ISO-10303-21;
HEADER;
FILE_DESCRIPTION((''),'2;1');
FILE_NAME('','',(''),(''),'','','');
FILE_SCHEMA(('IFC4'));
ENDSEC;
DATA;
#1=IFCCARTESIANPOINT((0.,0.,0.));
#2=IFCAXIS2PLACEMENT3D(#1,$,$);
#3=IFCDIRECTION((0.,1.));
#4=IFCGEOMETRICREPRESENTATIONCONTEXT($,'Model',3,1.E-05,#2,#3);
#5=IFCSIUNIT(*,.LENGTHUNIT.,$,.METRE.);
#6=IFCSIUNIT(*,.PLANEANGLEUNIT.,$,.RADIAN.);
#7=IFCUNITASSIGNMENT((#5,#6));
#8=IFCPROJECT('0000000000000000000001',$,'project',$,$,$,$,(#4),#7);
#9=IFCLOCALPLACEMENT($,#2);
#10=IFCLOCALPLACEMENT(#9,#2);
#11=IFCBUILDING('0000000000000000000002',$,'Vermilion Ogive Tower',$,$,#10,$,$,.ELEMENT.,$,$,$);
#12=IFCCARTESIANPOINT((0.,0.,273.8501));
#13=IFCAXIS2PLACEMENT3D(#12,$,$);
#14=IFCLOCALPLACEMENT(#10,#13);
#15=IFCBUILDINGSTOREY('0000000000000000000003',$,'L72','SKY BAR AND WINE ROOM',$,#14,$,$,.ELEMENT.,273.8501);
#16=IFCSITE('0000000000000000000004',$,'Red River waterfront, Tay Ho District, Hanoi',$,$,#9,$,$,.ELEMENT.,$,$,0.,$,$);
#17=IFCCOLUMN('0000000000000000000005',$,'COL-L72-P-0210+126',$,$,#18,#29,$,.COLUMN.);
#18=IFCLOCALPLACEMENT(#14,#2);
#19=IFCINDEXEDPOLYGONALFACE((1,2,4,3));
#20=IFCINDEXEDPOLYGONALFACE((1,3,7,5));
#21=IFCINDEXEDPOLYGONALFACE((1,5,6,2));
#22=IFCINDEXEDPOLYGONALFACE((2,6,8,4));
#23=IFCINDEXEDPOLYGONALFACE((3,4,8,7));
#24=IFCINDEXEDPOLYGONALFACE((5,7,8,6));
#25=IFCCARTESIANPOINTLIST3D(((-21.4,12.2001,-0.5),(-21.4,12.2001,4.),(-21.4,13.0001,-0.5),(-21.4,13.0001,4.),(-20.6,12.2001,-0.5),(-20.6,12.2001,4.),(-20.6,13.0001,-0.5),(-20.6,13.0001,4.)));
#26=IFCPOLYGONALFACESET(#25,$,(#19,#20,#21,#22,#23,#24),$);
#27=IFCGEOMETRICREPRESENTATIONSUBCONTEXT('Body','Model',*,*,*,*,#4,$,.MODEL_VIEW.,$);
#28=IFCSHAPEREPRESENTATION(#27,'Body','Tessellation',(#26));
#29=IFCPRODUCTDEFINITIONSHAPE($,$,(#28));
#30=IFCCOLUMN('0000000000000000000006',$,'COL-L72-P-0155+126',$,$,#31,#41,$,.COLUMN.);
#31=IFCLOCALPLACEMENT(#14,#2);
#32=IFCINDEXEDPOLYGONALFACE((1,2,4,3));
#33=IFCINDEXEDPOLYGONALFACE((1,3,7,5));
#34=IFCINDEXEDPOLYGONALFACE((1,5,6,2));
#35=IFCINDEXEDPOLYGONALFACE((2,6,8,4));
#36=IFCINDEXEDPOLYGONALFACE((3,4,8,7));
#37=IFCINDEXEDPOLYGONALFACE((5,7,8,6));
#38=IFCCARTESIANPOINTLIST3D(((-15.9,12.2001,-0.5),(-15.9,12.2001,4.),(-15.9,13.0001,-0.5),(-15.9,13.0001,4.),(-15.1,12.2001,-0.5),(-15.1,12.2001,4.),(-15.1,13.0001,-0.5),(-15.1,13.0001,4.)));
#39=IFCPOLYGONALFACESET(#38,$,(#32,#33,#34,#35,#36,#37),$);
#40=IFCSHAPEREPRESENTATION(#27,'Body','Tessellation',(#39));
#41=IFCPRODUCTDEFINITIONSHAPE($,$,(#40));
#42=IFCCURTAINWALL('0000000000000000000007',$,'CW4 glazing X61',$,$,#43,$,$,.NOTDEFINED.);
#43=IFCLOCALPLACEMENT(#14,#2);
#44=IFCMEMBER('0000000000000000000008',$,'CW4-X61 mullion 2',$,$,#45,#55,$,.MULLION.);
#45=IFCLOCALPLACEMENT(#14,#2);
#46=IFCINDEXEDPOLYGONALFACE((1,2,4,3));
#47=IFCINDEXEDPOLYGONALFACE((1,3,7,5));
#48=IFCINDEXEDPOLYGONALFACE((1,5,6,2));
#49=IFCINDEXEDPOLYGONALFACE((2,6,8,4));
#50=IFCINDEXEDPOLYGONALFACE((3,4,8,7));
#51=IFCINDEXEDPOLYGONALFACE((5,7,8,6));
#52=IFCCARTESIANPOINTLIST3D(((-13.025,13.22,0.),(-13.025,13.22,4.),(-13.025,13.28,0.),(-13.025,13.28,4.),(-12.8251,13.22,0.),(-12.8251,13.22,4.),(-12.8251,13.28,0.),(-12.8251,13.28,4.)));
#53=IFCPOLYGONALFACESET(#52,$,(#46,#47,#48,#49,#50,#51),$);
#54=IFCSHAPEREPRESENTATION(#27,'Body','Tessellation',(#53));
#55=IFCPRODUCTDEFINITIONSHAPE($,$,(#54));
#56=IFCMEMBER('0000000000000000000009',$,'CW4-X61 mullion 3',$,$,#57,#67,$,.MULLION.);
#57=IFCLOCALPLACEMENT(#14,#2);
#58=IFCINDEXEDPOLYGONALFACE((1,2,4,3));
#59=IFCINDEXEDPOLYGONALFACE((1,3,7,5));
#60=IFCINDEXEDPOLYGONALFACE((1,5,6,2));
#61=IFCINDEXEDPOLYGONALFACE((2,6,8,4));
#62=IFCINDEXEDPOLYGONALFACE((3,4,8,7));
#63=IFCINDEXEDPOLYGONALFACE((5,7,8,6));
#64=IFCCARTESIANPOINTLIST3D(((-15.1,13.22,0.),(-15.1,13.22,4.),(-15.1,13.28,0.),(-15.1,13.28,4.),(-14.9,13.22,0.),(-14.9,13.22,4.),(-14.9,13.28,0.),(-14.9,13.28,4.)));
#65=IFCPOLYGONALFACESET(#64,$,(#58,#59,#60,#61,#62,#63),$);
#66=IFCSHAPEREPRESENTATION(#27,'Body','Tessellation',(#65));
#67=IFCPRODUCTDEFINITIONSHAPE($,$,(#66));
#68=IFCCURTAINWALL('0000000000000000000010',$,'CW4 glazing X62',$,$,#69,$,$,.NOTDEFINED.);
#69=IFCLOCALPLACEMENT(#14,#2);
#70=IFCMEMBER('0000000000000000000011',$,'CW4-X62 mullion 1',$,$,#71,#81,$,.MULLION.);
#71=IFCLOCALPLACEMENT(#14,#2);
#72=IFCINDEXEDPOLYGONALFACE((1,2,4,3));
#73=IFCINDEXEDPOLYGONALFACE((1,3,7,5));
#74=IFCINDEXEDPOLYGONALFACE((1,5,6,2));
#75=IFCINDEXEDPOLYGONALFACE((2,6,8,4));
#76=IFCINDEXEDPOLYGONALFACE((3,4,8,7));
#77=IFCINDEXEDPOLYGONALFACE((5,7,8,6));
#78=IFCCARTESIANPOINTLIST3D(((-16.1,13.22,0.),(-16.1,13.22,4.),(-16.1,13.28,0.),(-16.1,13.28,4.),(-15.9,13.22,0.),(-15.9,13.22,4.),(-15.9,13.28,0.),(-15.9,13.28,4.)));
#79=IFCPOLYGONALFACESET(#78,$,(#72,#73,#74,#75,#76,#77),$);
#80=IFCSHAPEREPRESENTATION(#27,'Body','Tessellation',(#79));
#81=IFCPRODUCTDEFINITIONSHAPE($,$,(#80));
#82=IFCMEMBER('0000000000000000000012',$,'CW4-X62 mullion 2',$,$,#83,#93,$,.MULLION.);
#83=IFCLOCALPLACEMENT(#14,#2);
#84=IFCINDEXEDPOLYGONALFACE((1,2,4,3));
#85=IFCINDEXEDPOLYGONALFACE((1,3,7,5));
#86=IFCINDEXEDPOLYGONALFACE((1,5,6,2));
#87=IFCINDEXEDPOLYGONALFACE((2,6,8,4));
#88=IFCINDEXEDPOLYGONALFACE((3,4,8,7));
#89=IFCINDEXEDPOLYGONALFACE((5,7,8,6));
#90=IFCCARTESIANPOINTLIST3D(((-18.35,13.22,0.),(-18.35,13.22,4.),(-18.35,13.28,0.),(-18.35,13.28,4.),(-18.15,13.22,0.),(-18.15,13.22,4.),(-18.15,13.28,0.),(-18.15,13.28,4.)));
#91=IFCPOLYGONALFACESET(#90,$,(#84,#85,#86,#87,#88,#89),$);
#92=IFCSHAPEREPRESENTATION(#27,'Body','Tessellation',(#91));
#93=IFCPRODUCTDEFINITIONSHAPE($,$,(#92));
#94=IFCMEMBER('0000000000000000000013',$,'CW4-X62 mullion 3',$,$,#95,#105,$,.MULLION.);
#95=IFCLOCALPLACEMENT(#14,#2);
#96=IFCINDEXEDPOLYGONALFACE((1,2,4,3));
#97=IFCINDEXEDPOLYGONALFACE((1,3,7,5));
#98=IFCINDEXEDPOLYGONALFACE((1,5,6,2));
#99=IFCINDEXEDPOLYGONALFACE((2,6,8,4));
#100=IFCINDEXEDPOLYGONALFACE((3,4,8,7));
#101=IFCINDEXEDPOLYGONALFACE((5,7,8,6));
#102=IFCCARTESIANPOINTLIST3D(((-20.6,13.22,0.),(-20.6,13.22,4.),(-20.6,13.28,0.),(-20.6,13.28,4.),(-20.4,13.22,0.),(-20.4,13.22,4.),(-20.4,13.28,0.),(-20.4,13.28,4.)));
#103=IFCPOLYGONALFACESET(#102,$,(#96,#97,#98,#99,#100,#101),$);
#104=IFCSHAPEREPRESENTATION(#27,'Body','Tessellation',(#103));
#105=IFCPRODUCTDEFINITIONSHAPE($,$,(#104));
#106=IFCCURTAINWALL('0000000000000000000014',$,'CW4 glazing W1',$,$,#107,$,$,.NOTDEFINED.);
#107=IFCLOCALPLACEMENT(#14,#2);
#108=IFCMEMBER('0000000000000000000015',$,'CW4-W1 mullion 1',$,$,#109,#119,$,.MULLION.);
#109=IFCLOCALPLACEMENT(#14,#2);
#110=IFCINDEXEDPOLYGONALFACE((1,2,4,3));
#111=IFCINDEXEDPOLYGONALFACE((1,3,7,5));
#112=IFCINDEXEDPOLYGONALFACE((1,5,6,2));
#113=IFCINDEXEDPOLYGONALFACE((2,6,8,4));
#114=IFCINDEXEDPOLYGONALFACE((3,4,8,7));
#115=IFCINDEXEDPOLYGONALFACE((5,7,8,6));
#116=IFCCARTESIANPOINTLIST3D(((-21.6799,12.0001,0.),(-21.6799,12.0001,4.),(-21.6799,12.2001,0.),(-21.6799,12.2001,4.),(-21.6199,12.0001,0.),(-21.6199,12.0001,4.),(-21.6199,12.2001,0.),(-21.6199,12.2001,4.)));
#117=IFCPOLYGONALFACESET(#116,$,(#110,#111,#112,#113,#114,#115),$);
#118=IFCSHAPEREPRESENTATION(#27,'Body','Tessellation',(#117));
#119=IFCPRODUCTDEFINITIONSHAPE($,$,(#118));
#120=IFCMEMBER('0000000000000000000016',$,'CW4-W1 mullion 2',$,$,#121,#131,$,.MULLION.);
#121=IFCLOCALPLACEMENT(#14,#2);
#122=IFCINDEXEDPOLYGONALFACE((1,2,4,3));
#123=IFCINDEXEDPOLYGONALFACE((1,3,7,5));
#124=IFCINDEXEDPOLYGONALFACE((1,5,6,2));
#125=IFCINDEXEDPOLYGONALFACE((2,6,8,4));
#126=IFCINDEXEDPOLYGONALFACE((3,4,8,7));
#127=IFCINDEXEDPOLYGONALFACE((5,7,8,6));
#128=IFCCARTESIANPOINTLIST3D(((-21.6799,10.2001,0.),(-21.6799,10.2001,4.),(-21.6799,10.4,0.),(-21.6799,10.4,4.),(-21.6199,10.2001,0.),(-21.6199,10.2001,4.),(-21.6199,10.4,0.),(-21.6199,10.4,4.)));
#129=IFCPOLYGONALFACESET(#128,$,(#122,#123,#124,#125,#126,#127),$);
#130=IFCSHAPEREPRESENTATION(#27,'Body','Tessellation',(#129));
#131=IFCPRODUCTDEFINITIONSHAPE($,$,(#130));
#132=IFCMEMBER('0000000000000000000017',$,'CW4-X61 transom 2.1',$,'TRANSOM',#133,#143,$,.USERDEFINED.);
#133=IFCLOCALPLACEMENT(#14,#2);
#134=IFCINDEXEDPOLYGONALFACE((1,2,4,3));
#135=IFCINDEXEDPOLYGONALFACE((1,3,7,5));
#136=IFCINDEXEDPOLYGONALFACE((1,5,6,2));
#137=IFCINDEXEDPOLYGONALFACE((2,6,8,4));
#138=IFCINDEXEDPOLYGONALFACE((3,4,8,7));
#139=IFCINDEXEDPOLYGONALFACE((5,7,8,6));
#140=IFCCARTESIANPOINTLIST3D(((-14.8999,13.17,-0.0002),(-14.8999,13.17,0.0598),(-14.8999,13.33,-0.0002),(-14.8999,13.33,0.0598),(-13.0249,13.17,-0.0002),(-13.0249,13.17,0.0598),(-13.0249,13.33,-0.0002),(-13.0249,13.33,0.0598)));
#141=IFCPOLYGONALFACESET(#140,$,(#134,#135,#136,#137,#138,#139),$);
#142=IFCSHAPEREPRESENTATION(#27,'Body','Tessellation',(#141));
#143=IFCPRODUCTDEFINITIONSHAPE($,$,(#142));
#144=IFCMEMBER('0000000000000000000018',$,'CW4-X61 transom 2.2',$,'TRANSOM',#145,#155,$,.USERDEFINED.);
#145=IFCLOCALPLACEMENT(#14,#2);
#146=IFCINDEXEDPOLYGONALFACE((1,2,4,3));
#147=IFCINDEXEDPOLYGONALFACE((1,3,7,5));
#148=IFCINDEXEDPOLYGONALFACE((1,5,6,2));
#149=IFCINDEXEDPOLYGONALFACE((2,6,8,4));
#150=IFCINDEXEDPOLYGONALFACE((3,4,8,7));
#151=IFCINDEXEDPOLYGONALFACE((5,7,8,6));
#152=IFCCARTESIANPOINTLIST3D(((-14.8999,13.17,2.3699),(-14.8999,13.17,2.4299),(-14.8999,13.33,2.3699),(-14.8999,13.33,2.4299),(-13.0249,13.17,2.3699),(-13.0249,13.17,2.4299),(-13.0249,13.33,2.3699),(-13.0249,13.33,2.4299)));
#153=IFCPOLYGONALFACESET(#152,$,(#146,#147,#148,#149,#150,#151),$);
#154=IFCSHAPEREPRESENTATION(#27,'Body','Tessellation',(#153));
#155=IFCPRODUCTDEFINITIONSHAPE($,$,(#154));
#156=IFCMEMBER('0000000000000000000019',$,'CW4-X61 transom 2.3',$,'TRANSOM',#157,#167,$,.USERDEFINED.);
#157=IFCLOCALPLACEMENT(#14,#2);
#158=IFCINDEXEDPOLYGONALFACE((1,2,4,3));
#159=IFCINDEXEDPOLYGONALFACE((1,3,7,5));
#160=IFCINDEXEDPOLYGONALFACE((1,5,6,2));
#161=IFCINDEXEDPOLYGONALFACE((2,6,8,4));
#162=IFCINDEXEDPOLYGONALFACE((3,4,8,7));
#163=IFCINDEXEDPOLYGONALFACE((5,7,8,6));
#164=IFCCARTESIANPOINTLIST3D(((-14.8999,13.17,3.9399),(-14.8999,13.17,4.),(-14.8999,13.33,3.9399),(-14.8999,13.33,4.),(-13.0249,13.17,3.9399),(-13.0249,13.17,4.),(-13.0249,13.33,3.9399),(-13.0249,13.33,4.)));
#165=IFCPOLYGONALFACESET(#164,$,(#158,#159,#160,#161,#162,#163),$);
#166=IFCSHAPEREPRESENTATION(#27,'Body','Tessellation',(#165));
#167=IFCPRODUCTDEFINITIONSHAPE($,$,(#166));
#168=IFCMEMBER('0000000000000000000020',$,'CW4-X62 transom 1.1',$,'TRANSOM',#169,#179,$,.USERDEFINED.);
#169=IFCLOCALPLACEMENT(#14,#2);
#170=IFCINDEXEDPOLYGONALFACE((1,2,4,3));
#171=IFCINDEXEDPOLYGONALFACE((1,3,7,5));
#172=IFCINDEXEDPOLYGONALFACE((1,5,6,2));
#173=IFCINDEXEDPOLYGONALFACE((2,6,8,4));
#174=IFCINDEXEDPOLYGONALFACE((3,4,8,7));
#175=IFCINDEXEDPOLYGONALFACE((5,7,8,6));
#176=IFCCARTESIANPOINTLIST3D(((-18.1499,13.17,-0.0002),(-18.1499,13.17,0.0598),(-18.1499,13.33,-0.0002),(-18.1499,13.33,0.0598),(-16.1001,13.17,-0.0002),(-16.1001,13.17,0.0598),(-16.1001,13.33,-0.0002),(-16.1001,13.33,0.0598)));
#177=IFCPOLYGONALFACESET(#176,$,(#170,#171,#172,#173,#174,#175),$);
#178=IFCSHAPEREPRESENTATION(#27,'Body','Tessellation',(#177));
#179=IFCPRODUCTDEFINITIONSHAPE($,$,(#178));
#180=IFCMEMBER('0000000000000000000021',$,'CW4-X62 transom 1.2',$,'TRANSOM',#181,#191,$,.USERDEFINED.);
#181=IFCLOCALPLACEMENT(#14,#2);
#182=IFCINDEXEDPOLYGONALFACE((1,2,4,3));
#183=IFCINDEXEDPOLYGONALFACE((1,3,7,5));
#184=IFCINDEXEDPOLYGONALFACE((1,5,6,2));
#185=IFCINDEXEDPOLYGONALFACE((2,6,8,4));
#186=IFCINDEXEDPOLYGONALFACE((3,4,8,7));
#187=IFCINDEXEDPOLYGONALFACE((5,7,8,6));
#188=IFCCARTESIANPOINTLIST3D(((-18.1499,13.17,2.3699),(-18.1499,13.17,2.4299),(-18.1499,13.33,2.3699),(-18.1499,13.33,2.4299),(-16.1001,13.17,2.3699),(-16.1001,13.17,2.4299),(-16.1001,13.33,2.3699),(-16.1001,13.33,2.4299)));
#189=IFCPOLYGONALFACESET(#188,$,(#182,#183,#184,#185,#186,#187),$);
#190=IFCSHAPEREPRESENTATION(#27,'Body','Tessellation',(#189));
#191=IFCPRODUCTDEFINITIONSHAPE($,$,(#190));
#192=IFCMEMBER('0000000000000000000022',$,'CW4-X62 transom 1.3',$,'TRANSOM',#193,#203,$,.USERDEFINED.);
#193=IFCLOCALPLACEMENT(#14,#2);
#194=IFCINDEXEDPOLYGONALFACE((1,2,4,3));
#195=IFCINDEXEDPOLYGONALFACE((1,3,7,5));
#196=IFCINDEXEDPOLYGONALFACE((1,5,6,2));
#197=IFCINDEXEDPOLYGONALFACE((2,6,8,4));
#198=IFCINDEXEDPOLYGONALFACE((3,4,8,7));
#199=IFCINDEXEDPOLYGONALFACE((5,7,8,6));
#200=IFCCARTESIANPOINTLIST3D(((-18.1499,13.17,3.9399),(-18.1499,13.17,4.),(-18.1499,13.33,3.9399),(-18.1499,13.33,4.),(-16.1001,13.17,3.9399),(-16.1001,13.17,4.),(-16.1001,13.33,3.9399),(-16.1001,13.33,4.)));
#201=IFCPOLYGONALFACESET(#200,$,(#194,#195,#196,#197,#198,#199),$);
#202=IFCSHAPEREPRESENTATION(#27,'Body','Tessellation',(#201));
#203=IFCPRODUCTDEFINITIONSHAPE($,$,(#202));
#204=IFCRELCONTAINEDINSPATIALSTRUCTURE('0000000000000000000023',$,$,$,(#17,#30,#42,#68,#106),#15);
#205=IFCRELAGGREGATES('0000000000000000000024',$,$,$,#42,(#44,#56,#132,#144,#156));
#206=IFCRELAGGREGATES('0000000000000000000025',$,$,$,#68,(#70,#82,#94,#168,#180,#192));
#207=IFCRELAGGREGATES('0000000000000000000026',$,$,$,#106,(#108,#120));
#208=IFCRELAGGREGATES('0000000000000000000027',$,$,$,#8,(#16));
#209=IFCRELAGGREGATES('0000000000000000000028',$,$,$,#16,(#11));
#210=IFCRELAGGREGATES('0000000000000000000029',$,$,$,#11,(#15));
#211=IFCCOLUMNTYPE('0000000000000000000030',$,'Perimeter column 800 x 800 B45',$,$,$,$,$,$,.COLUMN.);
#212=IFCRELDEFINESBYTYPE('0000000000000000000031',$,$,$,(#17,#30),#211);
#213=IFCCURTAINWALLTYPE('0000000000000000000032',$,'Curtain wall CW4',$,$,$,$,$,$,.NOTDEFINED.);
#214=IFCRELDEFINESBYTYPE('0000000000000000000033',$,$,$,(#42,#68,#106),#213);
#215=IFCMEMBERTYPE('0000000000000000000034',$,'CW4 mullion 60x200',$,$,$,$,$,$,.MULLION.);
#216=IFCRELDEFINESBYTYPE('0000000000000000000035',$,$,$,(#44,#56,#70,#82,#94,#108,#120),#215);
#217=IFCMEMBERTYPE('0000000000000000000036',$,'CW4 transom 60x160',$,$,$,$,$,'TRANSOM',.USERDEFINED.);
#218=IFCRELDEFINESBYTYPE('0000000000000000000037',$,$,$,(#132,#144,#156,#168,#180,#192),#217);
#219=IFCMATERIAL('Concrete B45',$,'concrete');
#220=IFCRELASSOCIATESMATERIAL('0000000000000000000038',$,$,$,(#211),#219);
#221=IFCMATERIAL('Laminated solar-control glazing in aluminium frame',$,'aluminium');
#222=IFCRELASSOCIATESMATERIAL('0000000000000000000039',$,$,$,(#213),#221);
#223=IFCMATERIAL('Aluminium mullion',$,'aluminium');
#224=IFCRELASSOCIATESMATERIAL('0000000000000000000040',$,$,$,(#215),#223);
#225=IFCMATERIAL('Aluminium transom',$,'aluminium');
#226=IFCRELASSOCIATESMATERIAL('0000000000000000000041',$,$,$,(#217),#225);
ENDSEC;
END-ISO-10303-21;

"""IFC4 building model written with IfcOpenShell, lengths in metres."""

from ifc_helpers import new_model, si_unit, direction, frame, origin, origin_2d, place, context, subcontext, project, spatial, rectangle, extrude, material, material_profile, profile_set, type_object, element, aggregate, save


model = new_model("IFC4")

# Units and contexts
model_context = context("Model", 3, precision=1e-05, world=origin(), true_north=direction((0.0, 1.0)))
body_context = subcontext(model_context, "Body", "Model", "MODEL_VIEW")
ifc_project = project(units=[si_unit("LENGTHUNIT", "METRE"), si_unit("PLANEANGLEUNIT", "RADIAN")], contexts=[model_context])

# Site, building, storey
site_placement = place(None, origin())
site = spatial("IfcSite", under=ifc_project, at=site_placement, Name="Red River waterfront, Tay Ho District, Hanoi", CompositionType="ELEMENT", RefElevation=0.0)
building_placement = place(site_placement, origin())
building = spatial("IfcBuilding", under=site, at=building_placement, Name="Vermilion Ogive Tower", CompositionType="ELEMENT")
storey_placement = place(building_placement, frame((0.0, 0.0, 273.8501)))
storey = spatial("IfcBuildingStorey", under=building, at=storey_placement, Name="L72", Description="SKY BAR AND WINE ROOM", CompositionType="ELEMENT", Elevation=273.8501)

# Columns
ifc_material_1 = material(Name="Concrete B45", Category="concrete")
ifc_material_profile_1 = material_profile(ifc_material_1, rectangle(XDim=0.8, YDim=0.8, at=origin_2d()), Name="800 x 800")
ifc_profile_set_1 = profile_set([ifc_material_profile_1], Name="Concrete B45")
column_type = type_object("IfcColumnType", Name="Perimeter column 800 x 800 B45", PredefinedType="COLUMN", material=ifc_profile_set_1)
for number, where, z_axis, x_axis, name in (
    (1, (-21.0, 12.6001, -0.5), (0.0, 0.0, 1.0), (1.0, 0.0, 0.0), "COL-L72-P-0210+126"),
    (2, (-15.5, 12.6001, -0.5), (0.0, 0.0, 1.0), (1.0, 0.0, 0.0), "COL-L72-P-0155+126"),
):
    element("IfcColumn", number, at=place(storey_placement, frame(where, z_axis=z_axis, x_axis=x_axis)), inside=storey, type_object=column_type, Name=name, PredefinedType="COLUMN", context=body_context, shape_type="SweptSolid", body=[
        extrude(rectangle(XDim=0.8, YDim=0.8, at=origin_2d()), origin(), (0.0, 0.0, 1.0), 4.5),
    ])

# Curtain walls, members
ifc_material_2 = material(Name="Laminated solar-control glazing in aluminium frame", Category="aluminium")
curtain_wall_type = type_object("IfcCurtainWallType", Name="Curtain wall CW4", PredefinedType="NOTDEFINED", material=ifc_material_2)
curtain_wall_1_placement = place(storey_placement, origin())
curtain_wall_1 = element("IfcCurtainWall", 3, at=curtain_wall_1_placement, inside=storey, type_object=curtain_wall_type, Name="CW4 glazing X61", PredefinedType="NOTDEFINED")
ifc_material_3 = material(Name="Aluminium mullion", Category="aluminium")
ifc_material_profile_2 = material_profile(ifc_material_3, rectangle(XDim=0.0601, YDim=0.2, at=origin_2d()), Name="AL 60x200")
ifc_profile_set_2 = profile_set([ifc_material_profile_2], Name="Aluminium mullion")
member_type_1 = type_object("IfcMemberType", Name="CW4 mullion 60x200", PredefinedType="MULLION", material=ifc_profile_set_2)
member_1_placement = place(storey_placement, frame((-12.925, 13.25, 0.0), z_axis=(0.0, 0.0, 1.0), x_axis=(0.0, -1.0, 0.0)))
member_1 = element("IfcMember", 4, at=member_1_placement, type_object=member_type_1, Name="CW4-X61 mullion 2", PredefinedType="MULLION", context=body_context, shape_type="SweptSolid", body=[
    extrude(rectangle(XDim=0.0601, YDim=0.2, at=origin_2d()), origin(), (0.0, 0.0, 1.0), 4.0),
])
member_2_placement = place(storey_placement, frame((-15.0, 13.25, 0.0), z_axis=(0.0, 0.0, 1.0), x_axis=(0.0, -1.0, 0.0)))
member_2 = element("IfcMember", 5, at=member_2_placement, type_object=member_type_1, Name="CW4-X61 mullion 3", PredefinedType="MULLION", context=body_context, shape_type="SweptSolid", body=[
    extrude(rectangle(XDim=0.0601, YDim=0.2, at=origin_2d()), origin(), (0.0, 0.0, 1.0), 4.0),
])
curtain_wall_2_placement = place(storey_placement, origin())
curtain_wall_2 = element("IfcCurtainWall", 6, at=curtain_wall_2_placement, inside=storey, type_object=curtain_wall_type, Name="CW4 glazing X62", PredefinedType="NOTDEFINED")
member_3_placement = place(storey_placement, frame((-16.0, 13.25, 0.0), z_axis=(0.0, 0.0, 1.0), x_axis=(0.0, -1.0, 0.0)))
member_3 = element("IfcMember", 7, at=member_3_placement, type_object=member_type_1, Name="CW4-X62 mullion 1", PredefinedType="MULLION", context=body_context, shape_type="SweptSolid", body=[
    extrude(rectangle(XDim=0.0601, YDim=0.2, at=origin_2d()), origin(), (0.0, 0.0, 1.0), 4.0),
])
member_4_placement = place(storey_placement, frame((-18.25, 13.25, 0.0), z_axis=(0.0, 0.0, 1.0), x_axis=(0.0, -1.0, 0.0)))
member_4 = element("IfcMember", 8, at=member_4_placement, type_object=member_type_1, Name="CW4-X62 mullion 2", PredefinedType="MULLION", context=body_context, shape_type="SweptSolid", body=[
    extrude(rectangle(XDim=0.0601, YDim=0.2, at=origin_2d()), origin(), (0.0, 0.0, 1.0), 4.0),
])
member_5_placement = place(storey_placement, frame((-20.5, 13.25, 0.0), z_axis=(0.0, 0.0, 1.0), x_axis=(0.0, -1.0, 0.0)))
member_5 = element("IfcMember", 9, at=member_5_placement, type_object=member_type_1, Name="CW4-X62 mullion 3", PredefinedType="MULLION", context=body_context, shape_type="SweptSolid", body=[
    extrude(rectangle(XDim=0.0601, YDim=0.2, at=origin_2d()), origin(), (0.0, 0.0, 1.0), 4.0),
])
curtain_wall_3_placement = place(storey_placement, origin())
curtain_wall_3 = element("IfcCurtainWall", 10, at=curtain_wall_3_placement, inside=storey, type_object=curtain_wall_type, Name="CW4 glazing W1", PredefinedType="NOTDEFINED")
member_6_placement = place(storey_placement, frame((-21.6499, 12.1001, 0.0), z_axis=(0.0, 0.0, 1.0), x_axis=(1.0, 0.0, 0.0)))
member_6 = element("IfcMember", 11, at=member_6_placement, type_object=member_type_1, Name="CW4-W1 mullion 1", PredefinedType="MULLION", context=body_context, shape_type="SweptSolid", body=[
    extrude(rectangle(XDim=0.0601, YDim=0.2, at=origin_2d()), origin(), (0.0, 0.0, 1.0), 4.0),
])
member_7_placement = place(storey_placement, frame((-21.6499, 10.3, 0.0), z_axis=(0.0, 0.0, 1.0), x_axis=(1.0, 0.0, 0.0)))
member_7 = element("IfcMember", 12, at=member_7_placement, type_object=member_type_1, Name="CW4-W1 mullion 2", PredefinedType="MULLION", context=body_context, shape_type="SweptSolid", body=[
    extrude(rectangle(XDim=0.0601, YDim=0.2, at=origin_2d()), origin(), (0.0, 0.0, 1.0), 4.0),
])

# Members
ifc_material_4 = material(Name="Aluminium transom", Category="aluminium")
ifc_material_profile_3 = material_profile(ifc_material_4, rectangle(XDim=0.1599, YDim=0.0601, at=origin_2d()), Name="AL 60x160")
ifc_profile_set_3 = profile_set([ifc_material_profile_3], Name="Aluminium transom")
member_type_2 = type_object("IfcMemberType", Name="CW4 transom 60x160", ElementType="TRANSOM", PredefinedType="USERDEFINED", material=ifc_profile_set_3)
member_8_placement = place(storey_placement, frame((-13.0249, 13.25, 0.0298), z_axis=(-1.0, 0.0, 0.0), x_axis=(0.0, -1.0, 0.0)))
member_8 = element("IfcMember", 13, at=member_8_placement, type_object=member_type_2, Name="CW4-X61 transom 2.1", ObjectType="TRANSOM", PredefinedType="USERDEFINED", context=body_context, shape_type="SweptSolid", body=[
    extrude(rectangle(XDim=0.1599, YDim=0.0601, at=origin_2d()), origin(), (0.0, 0.0, 1.0), 1.875),
])
member_9_placement = place(storey_placement, frame((-13.0249, 13.25, 2.3999), z_axis=(-1.0, 0.0, 0.0), x_axis=(0.0, -1.0, 0.0)))
member_9 = element("IfcMember", 14, at=member_9_placement, type_object=member_type_2, Name="CW4-X61 transom 2.2", ObjectType="TRANSOM", PredefinedType="USERDEFINED", context=body_context, shape_type="SweptSolid", body=[
    extrude(rectangle(XDim=0.1599, YDim=0.0601, at=origin_2d()), origin(), (0.0, 0.0, 1.0), 1.875),
])
member_10_placement = place(storey_placement, frame((-13.0249, 13.25, 3.97), z_axis=(-1.0, 0.0, 0.0), x_axis=(0.0, -1.0, 0.0)))
member_10 = element("IfcMember", 15, at=member_10_placement, type_object=member_type_2, Name="CW4-X61 transom 2.3", ObjectType="TRANSOM", PredefinedType="USERDEFINED", context=body_context, shape_type="SweptSolid", body=[
    extrude(rectangle(XDim=0.1599, YDim=0.0601, at=origin_2d()), origin(), (0.0, 0.0, 1.0), 1.875),
])
member_11_placement = place(storey_placement, frame((-16.1001, 13.25, 0.0298), z_axis=(-1.0, 0.0, 0.0), x_axis=(0.0, -1.0, 0.0)))
member_11 = element("IfcMember", 16, at=member_11_placement, type_object=member_type_2, Name="CW4-X62 transom 1.1", ObjectType="TRANSOM", PredefinedType="USERDEFINED", context=body_context, shape_type="SweptSolid", body=[
    extrude(rectangle(XDim=0.1599, YDim=0.0601, at=origin_2d()), origin(), (0.0, 0.0, 1.0), 2.0498),
])
member_12_placement = place(storey_placement, frame((-16.1001, 13.25, 2.3999), z_axis=(-1.0, 0.0, 0.0), x_axis=(0.0, -1.0, 0.0)))
member_12 = element("IfcMember", 17, at=member_12_placement, type_object=member_type_2, Name="CW4-X62 transom 1.2", ObjectType="TRANSOM", PredefinedType="USERDEFINED", context=body_context, shape_type="SweptSolid", body=[
    extrude(rectangle(XDim=0.1599, YDim=0.0601, at=origin_2d()), origin(), (0.0, 0.0, 1.0), 2.0498),
])
member_13_placement = place(storey_placement, frame((-16.1001, 13.25, 3.97), z_axis=(-1.0, 0.0, 0.0), x_axis=(0.0, -1.0, 0.0)))
member_13 = element("IfcMember", 18, at=member_13_placement, type_object=member_type_2, Name="CW4-X62 transom 1.3", ObjectType="TRANSOM", PredefinedType="USERDEFINED", context=body_context, shape_type="SweptSolid", body=[
    extrude(rectangle(XDim=0.1599, YDim=0.0601, at=origin_2d()), origin(), (0.0, 0.0, 1.0), 2.0498),
])

aggregate(curtain_wall_1, [member_1, member_2, member_8, member_9, member_10])
aggregate(curtain_wall_2, [member_3, member_4, member_5, member_11, member_12, member_13])
aggregate(curtain_wall_3, [member_6, member_7])

save(model, "model.ifc")
